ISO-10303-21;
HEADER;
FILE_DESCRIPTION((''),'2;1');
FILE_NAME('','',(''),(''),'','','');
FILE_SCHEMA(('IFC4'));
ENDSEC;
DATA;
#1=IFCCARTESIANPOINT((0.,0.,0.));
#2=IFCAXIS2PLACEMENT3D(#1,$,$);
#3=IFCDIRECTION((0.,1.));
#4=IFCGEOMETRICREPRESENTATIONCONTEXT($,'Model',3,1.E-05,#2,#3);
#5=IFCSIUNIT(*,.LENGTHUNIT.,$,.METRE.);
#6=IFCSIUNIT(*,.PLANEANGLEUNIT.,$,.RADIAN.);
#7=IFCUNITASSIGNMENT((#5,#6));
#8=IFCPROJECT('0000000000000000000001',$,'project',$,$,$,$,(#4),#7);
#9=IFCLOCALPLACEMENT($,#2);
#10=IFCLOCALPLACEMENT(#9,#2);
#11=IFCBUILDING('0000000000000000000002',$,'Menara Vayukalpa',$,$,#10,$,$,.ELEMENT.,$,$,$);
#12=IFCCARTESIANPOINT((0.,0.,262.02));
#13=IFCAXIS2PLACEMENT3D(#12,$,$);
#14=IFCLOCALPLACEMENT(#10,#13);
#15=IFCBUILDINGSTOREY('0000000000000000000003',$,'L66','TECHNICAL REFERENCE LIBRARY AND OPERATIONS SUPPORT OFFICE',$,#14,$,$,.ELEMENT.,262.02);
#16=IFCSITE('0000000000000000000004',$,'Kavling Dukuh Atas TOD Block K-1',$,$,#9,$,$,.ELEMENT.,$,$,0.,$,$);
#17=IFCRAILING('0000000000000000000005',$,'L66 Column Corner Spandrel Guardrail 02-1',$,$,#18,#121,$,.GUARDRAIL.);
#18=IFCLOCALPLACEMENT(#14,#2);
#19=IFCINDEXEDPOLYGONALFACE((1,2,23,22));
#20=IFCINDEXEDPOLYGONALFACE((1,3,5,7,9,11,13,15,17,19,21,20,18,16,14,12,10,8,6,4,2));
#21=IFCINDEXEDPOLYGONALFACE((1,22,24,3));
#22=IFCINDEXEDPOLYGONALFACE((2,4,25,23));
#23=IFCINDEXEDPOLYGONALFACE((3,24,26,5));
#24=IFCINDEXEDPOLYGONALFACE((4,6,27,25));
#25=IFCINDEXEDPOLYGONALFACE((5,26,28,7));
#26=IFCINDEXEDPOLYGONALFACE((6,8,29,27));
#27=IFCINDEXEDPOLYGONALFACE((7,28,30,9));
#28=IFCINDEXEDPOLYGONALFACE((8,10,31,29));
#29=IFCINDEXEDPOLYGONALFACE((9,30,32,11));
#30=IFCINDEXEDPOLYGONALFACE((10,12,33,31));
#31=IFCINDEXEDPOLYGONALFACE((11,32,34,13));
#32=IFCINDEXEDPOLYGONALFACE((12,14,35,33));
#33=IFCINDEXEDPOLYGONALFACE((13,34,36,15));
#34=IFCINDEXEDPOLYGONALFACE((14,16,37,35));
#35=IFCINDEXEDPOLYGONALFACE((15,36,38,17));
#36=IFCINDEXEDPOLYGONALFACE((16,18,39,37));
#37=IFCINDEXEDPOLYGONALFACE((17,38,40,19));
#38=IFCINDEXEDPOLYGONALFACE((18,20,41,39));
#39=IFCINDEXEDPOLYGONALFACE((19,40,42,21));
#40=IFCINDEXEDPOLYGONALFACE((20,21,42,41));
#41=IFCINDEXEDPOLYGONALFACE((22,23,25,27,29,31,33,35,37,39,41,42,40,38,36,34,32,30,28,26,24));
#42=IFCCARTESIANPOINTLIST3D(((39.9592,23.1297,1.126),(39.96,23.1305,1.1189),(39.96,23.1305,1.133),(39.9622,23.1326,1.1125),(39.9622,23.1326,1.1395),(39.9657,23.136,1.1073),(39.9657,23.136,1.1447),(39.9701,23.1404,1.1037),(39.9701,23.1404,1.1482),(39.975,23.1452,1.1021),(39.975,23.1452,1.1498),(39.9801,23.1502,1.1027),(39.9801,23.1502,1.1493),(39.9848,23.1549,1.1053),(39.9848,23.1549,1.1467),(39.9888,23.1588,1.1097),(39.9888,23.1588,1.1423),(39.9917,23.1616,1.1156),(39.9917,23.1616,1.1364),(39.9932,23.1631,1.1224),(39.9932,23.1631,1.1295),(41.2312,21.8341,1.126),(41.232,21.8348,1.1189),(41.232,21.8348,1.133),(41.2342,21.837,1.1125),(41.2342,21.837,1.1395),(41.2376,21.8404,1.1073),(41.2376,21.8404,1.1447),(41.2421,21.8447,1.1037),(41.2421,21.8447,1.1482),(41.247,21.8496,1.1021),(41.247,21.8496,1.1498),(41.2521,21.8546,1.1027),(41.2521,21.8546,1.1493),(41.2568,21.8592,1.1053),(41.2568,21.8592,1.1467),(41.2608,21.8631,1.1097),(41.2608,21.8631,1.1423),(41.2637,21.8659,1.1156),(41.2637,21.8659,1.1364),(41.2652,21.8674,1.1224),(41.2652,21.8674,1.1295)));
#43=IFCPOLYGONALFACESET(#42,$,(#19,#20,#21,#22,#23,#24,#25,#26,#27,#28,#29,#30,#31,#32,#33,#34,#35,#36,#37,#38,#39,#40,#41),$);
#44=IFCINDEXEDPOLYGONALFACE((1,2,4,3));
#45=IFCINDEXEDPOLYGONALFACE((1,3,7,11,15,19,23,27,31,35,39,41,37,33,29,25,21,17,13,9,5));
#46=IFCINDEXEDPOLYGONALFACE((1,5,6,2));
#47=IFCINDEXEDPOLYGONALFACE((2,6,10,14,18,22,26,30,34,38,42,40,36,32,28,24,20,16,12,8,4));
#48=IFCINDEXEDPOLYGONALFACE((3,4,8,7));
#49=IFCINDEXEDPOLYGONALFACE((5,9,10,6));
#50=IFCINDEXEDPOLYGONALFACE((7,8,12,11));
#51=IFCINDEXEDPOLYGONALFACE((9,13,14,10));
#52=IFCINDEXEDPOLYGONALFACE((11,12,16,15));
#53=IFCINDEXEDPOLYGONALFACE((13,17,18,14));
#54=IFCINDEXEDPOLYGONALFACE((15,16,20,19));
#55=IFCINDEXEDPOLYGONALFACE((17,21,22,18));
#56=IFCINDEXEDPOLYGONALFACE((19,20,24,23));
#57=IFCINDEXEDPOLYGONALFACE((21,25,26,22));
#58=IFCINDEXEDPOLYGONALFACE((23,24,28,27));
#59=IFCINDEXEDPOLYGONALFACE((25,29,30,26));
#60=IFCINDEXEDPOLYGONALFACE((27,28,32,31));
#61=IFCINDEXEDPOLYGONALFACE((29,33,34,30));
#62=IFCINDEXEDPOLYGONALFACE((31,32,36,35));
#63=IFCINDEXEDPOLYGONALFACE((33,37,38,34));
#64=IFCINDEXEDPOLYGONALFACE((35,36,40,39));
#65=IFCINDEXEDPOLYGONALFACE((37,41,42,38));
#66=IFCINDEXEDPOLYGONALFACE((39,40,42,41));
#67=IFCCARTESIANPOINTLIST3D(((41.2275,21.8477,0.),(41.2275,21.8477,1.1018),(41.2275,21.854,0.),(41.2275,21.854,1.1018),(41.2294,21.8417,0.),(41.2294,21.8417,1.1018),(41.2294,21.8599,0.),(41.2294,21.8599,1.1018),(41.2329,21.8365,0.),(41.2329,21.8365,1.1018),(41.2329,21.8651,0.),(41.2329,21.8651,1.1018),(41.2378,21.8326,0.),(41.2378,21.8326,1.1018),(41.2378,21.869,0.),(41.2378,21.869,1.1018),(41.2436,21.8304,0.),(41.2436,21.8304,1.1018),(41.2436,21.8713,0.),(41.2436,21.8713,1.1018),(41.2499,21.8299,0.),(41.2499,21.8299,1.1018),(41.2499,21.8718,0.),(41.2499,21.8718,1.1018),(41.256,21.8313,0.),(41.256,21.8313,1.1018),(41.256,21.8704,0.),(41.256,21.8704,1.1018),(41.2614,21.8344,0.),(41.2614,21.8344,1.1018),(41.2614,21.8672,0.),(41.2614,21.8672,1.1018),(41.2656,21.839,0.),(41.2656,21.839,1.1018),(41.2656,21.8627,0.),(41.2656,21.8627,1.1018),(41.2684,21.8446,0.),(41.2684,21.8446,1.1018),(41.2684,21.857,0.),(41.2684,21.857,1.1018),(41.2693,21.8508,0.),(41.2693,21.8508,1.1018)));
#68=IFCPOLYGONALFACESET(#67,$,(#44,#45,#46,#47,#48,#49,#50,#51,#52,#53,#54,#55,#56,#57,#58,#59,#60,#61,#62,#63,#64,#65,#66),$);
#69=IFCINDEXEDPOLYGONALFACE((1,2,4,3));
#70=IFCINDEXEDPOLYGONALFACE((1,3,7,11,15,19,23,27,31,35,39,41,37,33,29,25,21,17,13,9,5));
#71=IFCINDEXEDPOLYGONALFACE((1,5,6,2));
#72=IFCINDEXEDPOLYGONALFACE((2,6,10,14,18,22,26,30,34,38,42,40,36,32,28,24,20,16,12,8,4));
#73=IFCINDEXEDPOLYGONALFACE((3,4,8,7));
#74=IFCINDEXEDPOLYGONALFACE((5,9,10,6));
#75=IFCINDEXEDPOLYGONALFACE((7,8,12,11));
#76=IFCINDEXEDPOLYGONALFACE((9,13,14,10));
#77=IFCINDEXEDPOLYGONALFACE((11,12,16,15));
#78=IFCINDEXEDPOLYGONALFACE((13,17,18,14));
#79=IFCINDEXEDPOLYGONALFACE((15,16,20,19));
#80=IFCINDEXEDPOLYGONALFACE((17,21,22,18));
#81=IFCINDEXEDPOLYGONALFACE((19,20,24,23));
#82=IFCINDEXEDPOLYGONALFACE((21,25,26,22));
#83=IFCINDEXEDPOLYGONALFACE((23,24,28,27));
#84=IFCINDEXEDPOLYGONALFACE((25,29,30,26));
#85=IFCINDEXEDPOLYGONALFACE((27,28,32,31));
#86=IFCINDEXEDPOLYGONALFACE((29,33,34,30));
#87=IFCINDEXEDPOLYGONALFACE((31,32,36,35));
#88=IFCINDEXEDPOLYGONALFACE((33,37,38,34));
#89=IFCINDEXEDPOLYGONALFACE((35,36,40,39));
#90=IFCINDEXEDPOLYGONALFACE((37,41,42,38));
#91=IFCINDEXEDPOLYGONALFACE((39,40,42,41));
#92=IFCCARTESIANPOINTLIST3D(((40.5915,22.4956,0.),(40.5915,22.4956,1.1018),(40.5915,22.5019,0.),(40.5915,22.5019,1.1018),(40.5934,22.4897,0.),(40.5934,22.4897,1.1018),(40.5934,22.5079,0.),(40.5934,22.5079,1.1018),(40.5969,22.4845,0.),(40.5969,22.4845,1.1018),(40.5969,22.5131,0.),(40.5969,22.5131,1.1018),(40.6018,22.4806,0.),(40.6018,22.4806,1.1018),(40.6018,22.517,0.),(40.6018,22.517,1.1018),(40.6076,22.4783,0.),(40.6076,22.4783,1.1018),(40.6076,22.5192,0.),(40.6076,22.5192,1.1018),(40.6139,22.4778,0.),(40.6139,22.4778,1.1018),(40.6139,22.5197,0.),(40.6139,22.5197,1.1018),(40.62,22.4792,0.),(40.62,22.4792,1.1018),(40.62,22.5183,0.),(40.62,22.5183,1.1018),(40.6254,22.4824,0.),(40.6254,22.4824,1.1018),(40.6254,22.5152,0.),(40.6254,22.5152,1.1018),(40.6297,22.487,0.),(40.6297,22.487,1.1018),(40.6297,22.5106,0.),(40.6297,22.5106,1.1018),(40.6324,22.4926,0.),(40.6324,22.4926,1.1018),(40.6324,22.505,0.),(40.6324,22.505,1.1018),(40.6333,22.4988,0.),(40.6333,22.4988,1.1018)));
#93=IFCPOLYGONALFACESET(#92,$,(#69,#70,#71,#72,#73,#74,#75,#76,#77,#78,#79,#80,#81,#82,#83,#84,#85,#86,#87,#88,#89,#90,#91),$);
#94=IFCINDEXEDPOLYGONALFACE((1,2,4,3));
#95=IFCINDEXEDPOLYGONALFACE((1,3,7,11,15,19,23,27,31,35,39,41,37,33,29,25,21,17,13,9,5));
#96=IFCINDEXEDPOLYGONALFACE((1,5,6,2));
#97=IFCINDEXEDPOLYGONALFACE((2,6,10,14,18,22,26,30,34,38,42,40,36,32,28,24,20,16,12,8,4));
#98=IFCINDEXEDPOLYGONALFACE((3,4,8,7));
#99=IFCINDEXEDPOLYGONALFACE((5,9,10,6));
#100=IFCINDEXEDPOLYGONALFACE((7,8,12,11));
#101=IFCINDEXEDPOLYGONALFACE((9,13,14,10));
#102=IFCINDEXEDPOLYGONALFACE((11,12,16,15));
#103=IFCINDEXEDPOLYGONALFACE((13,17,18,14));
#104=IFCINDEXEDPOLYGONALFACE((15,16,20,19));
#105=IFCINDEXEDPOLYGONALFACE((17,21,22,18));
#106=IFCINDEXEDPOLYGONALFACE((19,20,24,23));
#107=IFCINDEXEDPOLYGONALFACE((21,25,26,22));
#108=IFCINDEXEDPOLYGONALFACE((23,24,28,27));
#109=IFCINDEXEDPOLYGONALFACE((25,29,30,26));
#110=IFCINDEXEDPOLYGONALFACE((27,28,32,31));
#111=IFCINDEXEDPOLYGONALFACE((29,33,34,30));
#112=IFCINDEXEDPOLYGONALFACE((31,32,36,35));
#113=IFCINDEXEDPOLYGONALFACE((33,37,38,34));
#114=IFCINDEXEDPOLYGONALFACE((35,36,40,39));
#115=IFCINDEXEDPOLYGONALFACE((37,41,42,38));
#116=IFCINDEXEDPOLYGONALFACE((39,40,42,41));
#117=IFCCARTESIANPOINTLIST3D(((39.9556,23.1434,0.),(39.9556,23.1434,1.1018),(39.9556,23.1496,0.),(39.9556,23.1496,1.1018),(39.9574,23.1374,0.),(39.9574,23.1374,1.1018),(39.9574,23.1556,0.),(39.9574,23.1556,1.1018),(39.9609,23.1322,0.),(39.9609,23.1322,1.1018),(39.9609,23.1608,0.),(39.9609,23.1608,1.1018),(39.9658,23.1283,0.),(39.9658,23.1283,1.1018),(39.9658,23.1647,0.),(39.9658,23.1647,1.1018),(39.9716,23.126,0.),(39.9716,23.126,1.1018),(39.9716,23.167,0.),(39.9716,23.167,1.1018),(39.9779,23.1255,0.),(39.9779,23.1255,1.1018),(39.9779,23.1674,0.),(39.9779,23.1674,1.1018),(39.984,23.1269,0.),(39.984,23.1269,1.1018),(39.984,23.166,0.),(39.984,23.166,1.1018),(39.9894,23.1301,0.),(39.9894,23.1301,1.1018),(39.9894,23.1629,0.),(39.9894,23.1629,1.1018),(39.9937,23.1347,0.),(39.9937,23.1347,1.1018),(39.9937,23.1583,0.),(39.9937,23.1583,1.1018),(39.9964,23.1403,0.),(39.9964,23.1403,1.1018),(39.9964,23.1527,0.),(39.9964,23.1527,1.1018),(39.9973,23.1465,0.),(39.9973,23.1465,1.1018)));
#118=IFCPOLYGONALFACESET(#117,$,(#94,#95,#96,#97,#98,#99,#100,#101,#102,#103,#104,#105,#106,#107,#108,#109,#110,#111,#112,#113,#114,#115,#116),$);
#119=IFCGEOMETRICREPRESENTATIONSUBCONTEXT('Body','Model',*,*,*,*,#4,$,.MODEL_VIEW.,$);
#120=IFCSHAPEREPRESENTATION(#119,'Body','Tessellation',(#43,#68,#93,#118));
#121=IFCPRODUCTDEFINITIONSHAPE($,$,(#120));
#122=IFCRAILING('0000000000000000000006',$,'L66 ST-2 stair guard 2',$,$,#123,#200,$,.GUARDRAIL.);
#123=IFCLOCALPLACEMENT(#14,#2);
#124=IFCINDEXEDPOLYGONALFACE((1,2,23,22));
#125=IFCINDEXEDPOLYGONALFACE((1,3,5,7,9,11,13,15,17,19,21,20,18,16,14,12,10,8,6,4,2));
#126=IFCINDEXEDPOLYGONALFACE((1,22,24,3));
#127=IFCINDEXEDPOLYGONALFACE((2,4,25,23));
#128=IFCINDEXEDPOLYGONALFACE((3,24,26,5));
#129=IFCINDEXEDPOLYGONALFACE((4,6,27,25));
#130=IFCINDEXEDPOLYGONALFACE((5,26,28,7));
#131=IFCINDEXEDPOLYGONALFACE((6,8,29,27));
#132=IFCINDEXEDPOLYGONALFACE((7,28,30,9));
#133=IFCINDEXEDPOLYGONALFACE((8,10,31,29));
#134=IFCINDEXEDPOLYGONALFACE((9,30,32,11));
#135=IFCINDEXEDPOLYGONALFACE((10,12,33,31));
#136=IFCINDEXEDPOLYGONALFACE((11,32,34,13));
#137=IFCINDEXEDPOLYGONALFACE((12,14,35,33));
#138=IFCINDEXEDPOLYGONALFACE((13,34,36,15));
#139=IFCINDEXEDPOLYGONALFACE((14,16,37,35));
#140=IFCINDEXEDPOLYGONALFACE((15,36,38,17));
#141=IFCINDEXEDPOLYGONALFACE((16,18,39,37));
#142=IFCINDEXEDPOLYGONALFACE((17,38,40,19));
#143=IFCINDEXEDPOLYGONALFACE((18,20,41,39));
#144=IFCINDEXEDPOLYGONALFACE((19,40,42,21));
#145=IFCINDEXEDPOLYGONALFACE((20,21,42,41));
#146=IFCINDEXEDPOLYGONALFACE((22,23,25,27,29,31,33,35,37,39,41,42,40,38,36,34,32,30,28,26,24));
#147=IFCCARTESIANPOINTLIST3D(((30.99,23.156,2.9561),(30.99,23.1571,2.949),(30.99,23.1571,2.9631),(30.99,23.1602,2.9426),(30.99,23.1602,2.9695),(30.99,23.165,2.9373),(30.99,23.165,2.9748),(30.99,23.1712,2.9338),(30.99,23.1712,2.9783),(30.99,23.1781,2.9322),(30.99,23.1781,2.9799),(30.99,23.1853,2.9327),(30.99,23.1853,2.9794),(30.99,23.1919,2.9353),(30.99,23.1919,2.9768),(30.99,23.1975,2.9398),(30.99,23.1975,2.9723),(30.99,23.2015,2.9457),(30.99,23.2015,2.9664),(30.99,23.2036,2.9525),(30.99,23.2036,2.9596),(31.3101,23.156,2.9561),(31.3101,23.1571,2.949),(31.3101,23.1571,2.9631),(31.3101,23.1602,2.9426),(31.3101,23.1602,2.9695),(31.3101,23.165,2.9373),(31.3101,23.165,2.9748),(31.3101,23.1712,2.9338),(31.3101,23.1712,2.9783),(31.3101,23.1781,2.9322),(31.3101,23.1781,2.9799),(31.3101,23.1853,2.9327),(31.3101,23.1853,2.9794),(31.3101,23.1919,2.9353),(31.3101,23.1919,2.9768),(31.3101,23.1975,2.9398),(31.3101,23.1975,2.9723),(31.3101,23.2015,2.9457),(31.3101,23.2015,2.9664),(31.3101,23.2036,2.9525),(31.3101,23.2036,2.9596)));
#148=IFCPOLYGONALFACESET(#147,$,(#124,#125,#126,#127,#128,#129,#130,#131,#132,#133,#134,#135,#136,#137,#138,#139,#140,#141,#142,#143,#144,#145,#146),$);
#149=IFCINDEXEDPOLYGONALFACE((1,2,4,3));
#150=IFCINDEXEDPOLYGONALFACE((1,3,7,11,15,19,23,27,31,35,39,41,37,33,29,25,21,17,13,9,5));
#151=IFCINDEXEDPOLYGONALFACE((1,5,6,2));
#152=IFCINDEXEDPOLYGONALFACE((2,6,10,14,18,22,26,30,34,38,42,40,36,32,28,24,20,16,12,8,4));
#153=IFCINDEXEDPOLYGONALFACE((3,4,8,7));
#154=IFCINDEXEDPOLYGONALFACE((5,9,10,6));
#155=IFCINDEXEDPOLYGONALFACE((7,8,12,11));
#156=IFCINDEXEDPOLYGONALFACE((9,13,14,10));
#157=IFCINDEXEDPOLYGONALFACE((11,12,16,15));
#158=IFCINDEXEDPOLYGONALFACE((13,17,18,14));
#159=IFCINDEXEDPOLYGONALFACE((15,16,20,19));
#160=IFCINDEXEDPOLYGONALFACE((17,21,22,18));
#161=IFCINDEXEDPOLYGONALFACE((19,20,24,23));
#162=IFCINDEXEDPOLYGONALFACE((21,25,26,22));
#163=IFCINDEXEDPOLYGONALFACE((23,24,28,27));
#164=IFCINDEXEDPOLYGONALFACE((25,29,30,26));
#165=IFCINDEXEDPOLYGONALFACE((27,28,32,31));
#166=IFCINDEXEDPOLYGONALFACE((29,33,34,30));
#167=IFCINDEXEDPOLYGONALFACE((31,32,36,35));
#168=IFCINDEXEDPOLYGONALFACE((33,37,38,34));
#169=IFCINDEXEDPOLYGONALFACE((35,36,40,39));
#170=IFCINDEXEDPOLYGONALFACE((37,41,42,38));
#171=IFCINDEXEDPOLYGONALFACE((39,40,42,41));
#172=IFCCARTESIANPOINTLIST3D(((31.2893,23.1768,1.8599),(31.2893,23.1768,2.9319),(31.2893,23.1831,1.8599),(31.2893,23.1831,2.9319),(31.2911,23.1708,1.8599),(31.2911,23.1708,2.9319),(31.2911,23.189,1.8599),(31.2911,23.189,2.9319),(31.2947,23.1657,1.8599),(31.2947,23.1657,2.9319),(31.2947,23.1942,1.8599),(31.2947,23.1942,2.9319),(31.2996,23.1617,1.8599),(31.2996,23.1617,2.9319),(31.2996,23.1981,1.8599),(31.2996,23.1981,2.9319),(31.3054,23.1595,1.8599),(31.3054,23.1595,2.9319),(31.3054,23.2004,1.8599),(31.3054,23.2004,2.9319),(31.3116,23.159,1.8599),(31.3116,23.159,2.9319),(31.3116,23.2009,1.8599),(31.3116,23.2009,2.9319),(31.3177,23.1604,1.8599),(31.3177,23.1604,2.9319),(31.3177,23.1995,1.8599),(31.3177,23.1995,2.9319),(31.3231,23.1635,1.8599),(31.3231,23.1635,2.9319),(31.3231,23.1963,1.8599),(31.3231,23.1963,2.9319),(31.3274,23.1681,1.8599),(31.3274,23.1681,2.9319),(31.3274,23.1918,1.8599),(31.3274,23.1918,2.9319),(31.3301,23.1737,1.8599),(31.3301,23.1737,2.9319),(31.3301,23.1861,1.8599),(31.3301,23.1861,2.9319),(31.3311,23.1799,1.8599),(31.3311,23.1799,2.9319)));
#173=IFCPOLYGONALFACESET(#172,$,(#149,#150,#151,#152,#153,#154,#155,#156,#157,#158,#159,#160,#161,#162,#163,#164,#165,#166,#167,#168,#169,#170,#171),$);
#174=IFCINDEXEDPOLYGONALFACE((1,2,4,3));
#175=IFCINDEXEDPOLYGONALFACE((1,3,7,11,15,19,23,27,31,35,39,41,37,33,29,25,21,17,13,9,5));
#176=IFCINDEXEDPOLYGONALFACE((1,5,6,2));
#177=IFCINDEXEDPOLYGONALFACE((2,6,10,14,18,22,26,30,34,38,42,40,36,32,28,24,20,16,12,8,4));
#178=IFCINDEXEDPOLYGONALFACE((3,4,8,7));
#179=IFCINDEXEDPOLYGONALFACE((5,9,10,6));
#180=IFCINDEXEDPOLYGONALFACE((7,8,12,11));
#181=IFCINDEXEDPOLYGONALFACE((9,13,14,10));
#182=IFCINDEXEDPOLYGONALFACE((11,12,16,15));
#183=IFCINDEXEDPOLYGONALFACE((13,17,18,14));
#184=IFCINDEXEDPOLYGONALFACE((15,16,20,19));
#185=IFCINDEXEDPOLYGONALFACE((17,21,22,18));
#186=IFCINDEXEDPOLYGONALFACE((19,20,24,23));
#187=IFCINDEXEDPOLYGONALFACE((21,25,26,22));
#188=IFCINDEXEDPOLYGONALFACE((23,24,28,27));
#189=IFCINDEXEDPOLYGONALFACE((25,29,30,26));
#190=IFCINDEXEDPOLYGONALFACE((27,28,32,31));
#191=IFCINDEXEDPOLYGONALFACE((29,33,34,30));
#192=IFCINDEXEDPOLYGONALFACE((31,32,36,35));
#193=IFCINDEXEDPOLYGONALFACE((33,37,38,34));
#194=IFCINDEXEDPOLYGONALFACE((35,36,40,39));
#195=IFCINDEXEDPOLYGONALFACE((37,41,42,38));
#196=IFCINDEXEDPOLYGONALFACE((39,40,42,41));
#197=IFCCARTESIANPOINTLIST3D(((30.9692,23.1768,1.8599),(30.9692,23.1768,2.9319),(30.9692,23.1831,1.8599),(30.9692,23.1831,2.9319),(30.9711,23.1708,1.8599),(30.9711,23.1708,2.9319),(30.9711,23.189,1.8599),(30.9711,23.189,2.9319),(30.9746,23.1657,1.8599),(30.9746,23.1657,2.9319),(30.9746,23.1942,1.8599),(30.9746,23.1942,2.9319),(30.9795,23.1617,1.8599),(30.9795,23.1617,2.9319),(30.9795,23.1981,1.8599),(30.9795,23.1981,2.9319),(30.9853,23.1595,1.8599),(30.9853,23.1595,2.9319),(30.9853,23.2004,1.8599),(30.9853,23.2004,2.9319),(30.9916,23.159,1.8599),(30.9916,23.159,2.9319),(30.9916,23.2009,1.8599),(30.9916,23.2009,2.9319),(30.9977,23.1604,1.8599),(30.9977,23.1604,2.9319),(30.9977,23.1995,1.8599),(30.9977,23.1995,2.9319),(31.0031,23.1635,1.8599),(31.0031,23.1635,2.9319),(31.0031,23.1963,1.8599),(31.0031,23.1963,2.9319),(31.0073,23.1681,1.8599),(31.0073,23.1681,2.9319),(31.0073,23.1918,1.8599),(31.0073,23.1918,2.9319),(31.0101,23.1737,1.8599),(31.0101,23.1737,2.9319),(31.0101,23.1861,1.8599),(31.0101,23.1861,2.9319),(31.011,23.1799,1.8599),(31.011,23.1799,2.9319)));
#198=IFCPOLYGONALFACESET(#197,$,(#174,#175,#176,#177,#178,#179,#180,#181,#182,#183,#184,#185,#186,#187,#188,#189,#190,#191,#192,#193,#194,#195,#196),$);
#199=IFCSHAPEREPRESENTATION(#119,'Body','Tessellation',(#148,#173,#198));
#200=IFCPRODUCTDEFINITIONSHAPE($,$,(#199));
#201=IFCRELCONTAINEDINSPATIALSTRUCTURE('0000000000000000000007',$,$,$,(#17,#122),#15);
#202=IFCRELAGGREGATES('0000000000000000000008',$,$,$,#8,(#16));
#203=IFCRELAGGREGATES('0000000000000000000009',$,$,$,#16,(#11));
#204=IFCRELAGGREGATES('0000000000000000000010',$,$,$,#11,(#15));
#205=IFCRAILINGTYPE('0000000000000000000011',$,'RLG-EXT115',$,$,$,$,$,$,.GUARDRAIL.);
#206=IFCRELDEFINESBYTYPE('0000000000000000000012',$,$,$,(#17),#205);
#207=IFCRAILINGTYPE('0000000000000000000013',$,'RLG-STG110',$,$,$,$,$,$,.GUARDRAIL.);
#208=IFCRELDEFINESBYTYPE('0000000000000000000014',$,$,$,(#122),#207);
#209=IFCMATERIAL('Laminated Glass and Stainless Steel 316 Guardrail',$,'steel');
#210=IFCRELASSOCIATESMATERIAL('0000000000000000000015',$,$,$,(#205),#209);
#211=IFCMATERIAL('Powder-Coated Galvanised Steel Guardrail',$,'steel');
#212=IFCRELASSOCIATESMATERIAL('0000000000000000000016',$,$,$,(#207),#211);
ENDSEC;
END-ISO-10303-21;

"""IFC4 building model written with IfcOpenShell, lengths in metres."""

from ifc_helpers import new_model, si_unit, direction, frame, origin, origin_2d, place, context, subcontext, project, spatial, circle, extrude, material, type_object, element, save


model = new_model("IFC4")

# Units and contexts
model_context = context("Model", 3, precision=1e-05, world=origin(), true_north=direction((0.0, 1.0)))
body_context = subcontext(model_context, "Body", "Model", "MODEL_VIEW")
ifc_project = project(units=[si_unit("LENGTHUNIT", "METRE"), si_unit("PLANEANGLEUNIT", "RADIAN")], contexts=[model_context])

# Site, building, storey
site_placement = place(None, origin())
site = spatial("IfcSite", under=ifc_project, at=site_placement, Name="Kavling Dukuh Atas TOD Block K-1", CompositionType="ELEMENT", RefElevation=0.0)
building_placement = place(site_placement, origin())
building = spatial("IfcBuilding", under=site, at=building_placement, Name="Menara Vayukalpa", CompositionType="ELEMENT")
storey_placement = place(building_placement, frame((0.0, 0.0, 262.02)))
storey = spatial("IfcBuildingStorey", under=building, at=storey_placement, Name="L66", Description="TECHNICAL REFERENCE LIBRARY AND OPERATIONS SUPPORT OFFICE", CompositionType="ELEMENT", Elevation=262.02)

# Railings
ifc_material_1 = material(Name="Laminated Glass and Stainless Steel 316 Guardrail", Category="steel")
railing_type_1 = type_object("IfcRailingType", Name="RLG-EXT115", PredefinedType="GUARDRAIL", material=ifc_material_1)
railing_1_placement = place(storey_placement, frame((41.2483, 21.8508, 0.0)))
element("IfcRailing", 1, at=railing_1_placement, inside=storey, type_object=railing_type_1, Name="L66 Column Corner Spandrel Guardrail 02-1", PredefinedType="GUARDRAIL", context=body_context, shape_type="SweptSolid", body=[
    extrude(circle(Radius=0.0239, at=origin_2d()), frame((0.0, 0.0, 1.126), z_axis=(-0.700555, 0.713598, 0.0), x_axis=(-0.713598, -0.700555, 0.0)), (0.0, 0.0, 1.0), 1.8157),
    extrude(circle(Radius=0.021, at=origin_2d()), origin(), (0.0, 0.0, 1.0), 1.1018),
    extrude(circle(Radius=0.021, at=origin_2d()), frame((-0.636, 0.6479, 0.0)), (0.0, 0.0, 1.0), 1.1018),
    extrude(circle(Radius=0.021, at=origin_2d()), frame((-1.272, 1.2957, 0.0)), (0.0, 0.0, 1.0), 1.1018),
])
ifc_material_2 = material(Name="Powder-Coated Galvanised Steel Guardrail", Category="steel")
railing_type_2 = type_object("IfcRailingType", Name="RLG-STG110", PredefinedType="GUARDRAIL", material=ifc_material_2)
railing_2_placement = place(storey_placement, frame((31.3101, 23.1799, 1.8599)))
element("IfcRailing", 2, at=railing_2_placement, inside=storey, type_object=railing_type_2, Name="L66 ST-2 stair guard 2", PredefinedType="GUARDRAIL", context=body_context, shape_type="SweptSolid", body=[
    extrude(circle(Radius=0.0239, at=origin_2d()), frame((0.0, 0.0, 1.0962), z_axis=(-1.0, 0.0, 0.0), x_axis=(0.0, -1.0, 0.0)), (0.0, 0.0, 1.0), 0.3201),
    extrude(circle(Radius=0.021, at=origin_2d()), origin(), (0.0, 0.0, 1.0), 1.072),
    extrude(circle(Radius=0.021, at=origin_2d()), frame((-0.3201, 0.0, 0.0)), (0.0, 0.0, 1.0), 1.072),
])

save(model, "model.ifc")
